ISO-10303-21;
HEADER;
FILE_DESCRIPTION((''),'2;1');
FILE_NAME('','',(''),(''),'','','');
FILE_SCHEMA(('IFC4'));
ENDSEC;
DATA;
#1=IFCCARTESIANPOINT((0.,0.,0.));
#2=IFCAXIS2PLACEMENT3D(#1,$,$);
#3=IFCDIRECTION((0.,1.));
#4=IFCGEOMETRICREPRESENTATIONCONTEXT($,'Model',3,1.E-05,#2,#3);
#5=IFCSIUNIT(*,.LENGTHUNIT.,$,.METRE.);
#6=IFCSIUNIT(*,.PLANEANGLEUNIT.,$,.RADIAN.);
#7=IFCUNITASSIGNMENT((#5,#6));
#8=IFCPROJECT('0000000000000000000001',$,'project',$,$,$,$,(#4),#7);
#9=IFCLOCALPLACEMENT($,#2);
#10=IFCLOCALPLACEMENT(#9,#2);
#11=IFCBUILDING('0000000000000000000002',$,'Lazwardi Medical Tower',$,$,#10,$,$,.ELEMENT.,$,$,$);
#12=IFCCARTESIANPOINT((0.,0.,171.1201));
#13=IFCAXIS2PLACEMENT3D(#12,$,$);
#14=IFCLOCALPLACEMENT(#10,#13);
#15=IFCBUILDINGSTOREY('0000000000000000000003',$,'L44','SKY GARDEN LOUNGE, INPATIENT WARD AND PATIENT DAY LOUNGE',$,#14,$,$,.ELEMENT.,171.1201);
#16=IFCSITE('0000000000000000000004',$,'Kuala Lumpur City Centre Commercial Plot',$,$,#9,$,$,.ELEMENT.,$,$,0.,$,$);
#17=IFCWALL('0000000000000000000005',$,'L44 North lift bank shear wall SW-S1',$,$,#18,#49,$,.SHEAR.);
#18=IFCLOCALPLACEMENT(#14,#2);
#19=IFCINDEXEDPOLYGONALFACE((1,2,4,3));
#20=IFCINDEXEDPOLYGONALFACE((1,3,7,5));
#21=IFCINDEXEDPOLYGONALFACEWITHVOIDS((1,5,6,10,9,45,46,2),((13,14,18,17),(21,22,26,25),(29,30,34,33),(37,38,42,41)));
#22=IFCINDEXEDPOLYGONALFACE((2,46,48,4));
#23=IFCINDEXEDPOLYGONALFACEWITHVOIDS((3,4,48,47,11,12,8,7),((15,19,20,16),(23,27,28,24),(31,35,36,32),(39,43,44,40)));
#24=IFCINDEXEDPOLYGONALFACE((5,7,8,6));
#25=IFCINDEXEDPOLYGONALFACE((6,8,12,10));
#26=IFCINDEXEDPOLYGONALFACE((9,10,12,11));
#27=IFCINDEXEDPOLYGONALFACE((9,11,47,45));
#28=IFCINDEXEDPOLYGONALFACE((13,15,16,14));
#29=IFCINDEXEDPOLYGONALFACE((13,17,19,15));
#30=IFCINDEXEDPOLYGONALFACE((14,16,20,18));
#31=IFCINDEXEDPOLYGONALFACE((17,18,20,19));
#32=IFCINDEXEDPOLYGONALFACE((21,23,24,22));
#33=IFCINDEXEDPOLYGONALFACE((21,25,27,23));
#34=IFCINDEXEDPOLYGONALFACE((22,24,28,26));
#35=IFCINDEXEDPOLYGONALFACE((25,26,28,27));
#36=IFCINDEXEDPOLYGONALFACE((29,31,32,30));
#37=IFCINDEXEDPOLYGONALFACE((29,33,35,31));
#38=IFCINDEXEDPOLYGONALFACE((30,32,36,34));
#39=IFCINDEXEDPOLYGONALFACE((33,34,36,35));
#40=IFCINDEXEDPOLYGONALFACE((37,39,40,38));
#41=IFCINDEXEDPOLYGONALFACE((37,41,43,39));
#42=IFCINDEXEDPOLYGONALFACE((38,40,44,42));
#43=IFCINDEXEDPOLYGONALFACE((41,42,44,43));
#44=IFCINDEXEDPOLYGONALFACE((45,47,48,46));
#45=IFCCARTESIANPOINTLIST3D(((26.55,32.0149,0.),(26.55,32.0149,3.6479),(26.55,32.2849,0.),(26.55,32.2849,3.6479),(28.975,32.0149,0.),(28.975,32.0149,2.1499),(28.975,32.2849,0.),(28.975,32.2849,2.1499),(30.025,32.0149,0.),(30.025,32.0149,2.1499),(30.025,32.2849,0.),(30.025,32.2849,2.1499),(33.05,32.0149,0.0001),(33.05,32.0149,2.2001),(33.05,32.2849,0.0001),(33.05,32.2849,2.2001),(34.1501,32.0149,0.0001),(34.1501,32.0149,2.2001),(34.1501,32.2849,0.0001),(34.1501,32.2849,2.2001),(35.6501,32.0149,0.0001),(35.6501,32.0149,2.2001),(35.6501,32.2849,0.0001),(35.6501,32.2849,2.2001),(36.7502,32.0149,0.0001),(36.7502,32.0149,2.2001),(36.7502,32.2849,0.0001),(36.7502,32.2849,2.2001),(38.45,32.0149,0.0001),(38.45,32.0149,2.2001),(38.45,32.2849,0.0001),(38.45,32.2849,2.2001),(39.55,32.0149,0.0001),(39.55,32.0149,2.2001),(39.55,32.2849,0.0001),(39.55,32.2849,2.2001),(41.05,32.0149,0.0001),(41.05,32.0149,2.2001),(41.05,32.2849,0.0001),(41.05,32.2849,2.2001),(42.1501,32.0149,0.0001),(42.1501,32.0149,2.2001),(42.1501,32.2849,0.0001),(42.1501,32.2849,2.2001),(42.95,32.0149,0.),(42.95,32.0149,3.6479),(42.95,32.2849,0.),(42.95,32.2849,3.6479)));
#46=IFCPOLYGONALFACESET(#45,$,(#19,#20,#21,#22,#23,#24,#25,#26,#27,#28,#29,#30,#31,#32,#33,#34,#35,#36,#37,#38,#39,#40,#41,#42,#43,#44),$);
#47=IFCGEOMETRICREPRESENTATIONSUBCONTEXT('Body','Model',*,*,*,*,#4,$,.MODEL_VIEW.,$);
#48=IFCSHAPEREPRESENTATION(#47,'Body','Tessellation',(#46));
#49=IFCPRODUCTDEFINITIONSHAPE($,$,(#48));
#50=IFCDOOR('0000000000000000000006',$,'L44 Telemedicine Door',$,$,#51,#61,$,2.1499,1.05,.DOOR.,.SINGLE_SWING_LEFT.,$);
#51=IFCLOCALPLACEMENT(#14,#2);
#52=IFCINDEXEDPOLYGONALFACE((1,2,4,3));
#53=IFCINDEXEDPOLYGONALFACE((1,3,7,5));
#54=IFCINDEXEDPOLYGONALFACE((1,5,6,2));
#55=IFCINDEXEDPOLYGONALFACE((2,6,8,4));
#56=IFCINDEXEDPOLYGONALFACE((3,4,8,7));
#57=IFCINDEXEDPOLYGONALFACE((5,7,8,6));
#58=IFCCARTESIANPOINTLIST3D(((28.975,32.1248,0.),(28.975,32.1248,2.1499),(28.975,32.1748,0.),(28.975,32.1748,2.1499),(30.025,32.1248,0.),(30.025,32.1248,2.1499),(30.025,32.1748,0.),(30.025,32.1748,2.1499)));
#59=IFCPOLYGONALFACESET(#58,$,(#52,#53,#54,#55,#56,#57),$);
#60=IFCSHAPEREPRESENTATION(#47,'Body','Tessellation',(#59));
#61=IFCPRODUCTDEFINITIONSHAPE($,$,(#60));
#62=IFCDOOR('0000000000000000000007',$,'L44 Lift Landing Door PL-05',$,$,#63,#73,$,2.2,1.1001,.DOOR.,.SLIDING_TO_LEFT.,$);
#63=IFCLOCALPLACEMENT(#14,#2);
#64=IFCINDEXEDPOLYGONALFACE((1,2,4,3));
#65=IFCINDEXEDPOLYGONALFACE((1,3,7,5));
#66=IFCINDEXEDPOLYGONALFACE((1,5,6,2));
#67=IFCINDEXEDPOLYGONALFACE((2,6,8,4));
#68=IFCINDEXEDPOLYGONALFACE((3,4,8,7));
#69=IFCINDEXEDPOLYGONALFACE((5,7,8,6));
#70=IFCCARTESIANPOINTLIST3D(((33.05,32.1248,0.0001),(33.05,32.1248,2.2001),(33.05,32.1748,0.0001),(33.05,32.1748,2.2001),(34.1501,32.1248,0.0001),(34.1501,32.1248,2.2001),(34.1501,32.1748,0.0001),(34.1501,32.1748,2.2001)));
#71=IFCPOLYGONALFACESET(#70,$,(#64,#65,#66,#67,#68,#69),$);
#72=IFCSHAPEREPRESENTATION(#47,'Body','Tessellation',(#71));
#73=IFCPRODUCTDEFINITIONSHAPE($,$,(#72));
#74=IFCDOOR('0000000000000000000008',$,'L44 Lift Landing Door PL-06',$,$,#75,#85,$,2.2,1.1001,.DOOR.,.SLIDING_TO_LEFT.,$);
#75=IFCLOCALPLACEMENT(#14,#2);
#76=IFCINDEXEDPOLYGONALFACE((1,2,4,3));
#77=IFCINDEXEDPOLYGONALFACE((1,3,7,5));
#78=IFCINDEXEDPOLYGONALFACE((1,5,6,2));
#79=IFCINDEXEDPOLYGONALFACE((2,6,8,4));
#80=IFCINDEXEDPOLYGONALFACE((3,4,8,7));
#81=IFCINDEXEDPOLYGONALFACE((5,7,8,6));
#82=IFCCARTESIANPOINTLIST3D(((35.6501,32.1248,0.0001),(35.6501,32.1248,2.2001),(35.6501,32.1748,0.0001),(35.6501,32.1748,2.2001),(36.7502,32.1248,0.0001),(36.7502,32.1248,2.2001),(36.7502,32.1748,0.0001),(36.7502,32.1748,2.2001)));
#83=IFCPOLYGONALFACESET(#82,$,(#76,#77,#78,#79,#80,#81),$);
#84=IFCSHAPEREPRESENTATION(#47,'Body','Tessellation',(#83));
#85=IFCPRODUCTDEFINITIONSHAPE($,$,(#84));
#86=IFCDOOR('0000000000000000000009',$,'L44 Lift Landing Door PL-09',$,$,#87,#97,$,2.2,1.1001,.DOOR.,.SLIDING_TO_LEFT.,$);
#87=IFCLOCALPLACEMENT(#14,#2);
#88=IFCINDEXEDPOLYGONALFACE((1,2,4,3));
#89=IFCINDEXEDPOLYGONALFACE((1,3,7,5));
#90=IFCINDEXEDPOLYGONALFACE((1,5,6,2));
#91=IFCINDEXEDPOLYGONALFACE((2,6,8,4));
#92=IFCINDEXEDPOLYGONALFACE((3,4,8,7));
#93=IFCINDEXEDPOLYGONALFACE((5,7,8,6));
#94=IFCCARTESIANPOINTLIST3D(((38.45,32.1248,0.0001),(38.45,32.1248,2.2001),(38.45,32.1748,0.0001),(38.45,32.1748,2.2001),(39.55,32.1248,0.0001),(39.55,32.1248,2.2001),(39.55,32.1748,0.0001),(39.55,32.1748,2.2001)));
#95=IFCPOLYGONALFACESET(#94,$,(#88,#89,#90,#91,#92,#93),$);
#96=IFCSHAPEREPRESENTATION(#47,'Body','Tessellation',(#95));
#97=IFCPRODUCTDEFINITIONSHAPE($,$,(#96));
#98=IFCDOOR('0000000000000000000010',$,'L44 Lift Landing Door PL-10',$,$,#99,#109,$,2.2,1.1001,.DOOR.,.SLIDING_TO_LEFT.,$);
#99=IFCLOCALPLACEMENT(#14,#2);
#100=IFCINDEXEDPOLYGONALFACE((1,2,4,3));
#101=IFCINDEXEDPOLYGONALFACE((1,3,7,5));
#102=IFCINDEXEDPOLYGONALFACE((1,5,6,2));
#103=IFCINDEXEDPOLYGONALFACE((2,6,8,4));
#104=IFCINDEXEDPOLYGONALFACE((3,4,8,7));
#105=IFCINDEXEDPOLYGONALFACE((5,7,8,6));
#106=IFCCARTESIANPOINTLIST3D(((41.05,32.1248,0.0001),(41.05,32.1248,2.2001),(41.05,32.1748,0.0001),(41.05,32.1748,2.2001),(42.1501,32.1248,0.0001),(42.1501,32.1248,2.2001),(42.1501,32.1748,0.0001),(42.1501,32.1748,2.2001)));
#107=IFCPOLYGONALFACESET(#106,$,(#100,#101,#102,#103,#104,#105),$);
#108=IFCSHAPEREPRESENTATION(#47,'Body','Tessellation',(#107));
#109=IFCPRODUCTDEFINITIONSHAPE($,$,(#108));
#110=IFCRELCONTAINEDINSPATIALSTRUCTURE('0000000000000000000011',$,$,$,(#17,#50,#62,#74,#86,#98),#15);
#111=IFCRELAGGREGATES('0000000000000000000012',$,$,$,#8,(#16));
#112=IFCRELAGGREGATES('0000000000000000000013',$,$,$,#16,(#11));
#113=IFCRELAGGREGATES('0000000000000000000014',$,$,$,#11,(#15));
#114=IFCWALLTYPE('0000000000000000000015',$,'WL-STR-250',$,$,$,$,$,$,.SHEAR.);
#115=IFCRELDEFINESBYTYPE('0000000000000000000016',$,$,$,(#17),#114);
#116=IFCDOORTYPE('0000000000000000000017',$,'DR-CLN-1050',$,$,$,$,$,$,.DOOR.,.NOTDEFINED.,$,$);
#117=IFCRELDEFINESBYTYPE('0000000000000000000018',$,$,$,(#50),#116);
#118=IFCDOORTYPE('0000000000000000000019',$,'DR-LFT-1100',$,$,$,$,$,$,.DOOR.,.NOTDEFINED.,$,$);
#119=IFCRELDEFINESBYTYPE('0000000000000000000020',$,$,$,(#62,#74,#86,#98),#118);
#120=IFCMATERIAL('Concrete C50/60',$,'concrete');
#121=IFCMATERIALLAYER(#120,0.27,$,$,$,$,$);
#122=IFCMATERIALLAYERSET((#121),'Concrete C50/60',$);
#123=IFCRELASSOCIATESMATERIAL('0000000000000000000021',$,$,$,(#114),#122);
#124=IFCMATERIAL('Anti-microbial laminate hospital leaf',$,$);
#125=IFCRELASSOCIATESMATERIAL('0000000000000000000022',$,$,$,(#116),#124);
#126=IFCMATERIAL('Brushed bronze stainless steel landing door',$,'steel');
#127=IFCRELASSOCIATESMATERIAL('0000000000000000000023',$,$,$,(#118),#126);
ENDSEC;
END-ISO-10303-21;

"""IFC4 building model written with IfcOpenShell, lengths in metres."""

from ifc_helpers import new_model, si_unit, direction, frame, frame_2d, origin, place, context, subcontext, project, spatial, rectangle, extrude, material, layer, layer_set, type_object, element, fill, save


model = new_model("IFC4")

# Units and contexts
model_context = context("Model", 3, precision=1e-05, world=origin(), true_north=direction((0.0, 1.0)))
body_context = subcontext(model_context, "Body", "Model", "MODEL_VIEW")
ifc_project = project(units=[si_unit("LENGTHUNIT", "METRE"), si_unit("PLANEANGLEUNIT", "RADIAN")], contexts=[model_context])

# Site, building, storey
site_placement = place(None, origin())
site = spatial("IfcSite", under=ifc_project, at=site_placement, Name="Kuala Lumpur City Centre Commercial Plot", CompositionType="ELEMENT", RefElevation=0.0)
building_placement = place(site_placement, origin())
building = spatial("IfcBuilding", under=site, at=building_placement, Name="Lazwardi Medical Tower", CompositionType="ELEMENT")
storey_placement = place(building_placement, frame((0.0, 0.0, 171.1201)))
storey = spatial("IfcBuildingStorey", under=building, at=storey_placement, Name="L44", Description="SKY GARDEN LOUNGE, INPATIENT WARD AND PATIENT DAY LOUNGE", CompositionType="ELEMENT", Elevation=171.1201)

# Shared definitions
ifc_material_1 = material(Name="Concrete C50/60", Category="concrete")
ifc_layer_1 = layer(ifc_material_1, 0.27)
ifc_layer_set_1 = layer_set([ifc_layer_1], Name="Concrete C50/60")
wall_type_1 = type_object("IfcWallType", Name="WL-STR-250", PredefinedType="SHEAR", material=ifc_layer_set_1)

# Wall, openings, doors
wall_1_placement = place(storey_placement, frame((26.55, 32.1499, 0.0), z_axis=(0.0, 0.0, 1.0), x_axis=(1.0, 0.0, 0.0)))
wall_1 = element("IfcWall", 1, at=wall_1_placement, inside=storey, type_object=wall_type_1, Name="L44 North lift bank shear wall SW-S1", PredefinedType="SHEAR", context=body_context, shape_type="SweptSolid", body=[
    extrude(rectangle(XDim=16.3999, YDim=0.27, at=frame_2d((8.2, 0.0))), origin(), (0.0, 0.0, 1.0), 3.6479),
])
opening_1_placement = place(wall_1_placement, frame((2.425, 0.0, 0.0)))
opening_1 = element("IfcOpeningElement", 2, at=opening_1_placement, cuts=wall_1, PredefinedType="OPENING", context=body_context, shape_type="SweptSolid", body=[
    extrude(rectangle(XDim=1.05, YDim=2.1499, at=frame_2d((0.5249, 1.075))), frame((0.0, 0.145, 0.0), z_axis=(0.0, -1.0, 0.0), x_axis=(1.0, 0.0, 0.0)), (0.0, 0.0, 1.0), 0.29),
])
opening_2_placement = place(wall_1_placement, frame((6.5, 0.0, 0.0)))
opening_2 = element("IfcOpeningElement", 3, at=opening_2_placement, cuts=wall_1, PredefinedType="OPENING", context=body_context, shape_type="SweptSolid", body=[
    extrude(rectangle(XDim=1.1001, YDim=2.2, at=frame_2d((0.55, 1.1001))), frame((0.0, 0.145, 0.0), z_axis=(0.0, -1.0, 0.0), x_axis=(1.0, 0.0, 0.0)), (0.0, 0.0, 1.0), 0.29),
])
opening_3_placement = place(wall_1_placement, frame((9.1001, 0.0, 0.0)))
opening_3 = element("IfcOpeningElement", 4, at=opening_3_placement, cuts=wall_1, PredefinedType="OPENING", context=body_context, shape_type="SweptSolid", body=[
    extrude(rectangle(XDim=1.1001, YDim=2.2, at=frame_2d((0.55, 1.1001))), frame((0.0, 0.145, 0.0), z_axis=(0.0, -1.0, 0.0), x_axis=(1.0, 0.0, 0.0)), (0.0, 0.0, 1.0), 0.29),
])
opening_4_placement = place(wall_1_placement, frame((11.8999, 0.0, 0.0)))
opening_4 = element("IfcOpeningElement", 5, at=opening_4_placement, cuts=wall_1, PredefinedType="OPENING", context=body_context, shape_type="SweptSolid", body=[
    extrude(rectangle(XDim=1.1001, YDim=2.2, at=frame_2d((0.55, 1.1001))), frame((0.0, 0.145, 0.0), z_axis=(0.0, -1.0, 0.0), x_axis=(1.0, 0.0, 0.0)), (0.0, 0.0, 1.0), 0.29),
])
opening_5_placement = place(wall_1_placement, frame((14.5, 0.0, 0.0)))
opening_5 = element("IfcOpeningElement", 6, at=opening_5_placement, cuts=wall_1, PredefinedType="OPENING", context=body_context, shape_type="SweptSolid", body=[
    extrude(rectangle(XDim=1.1001, YDim=2.2, at=frame_2d((0.55, 1.1001))), frame((0.0, 0.145, 0.0), z_axis=(0.0, -1.0, 0.0), x_axis=(1.0, 0.0, 0.0)), (0.0, 0.0, 1.0), 0.29),
])
ifc_material_2 = material(Name="Anti-microbial laminate hospital leaf")
door_type_1 = type_object("IfcDoorType", Name="DR-CLN-1050", OperationType="NOTDEFINED", PredefinedType="DOOR", material=ifc_material_2)
door_1_placement = place(opening_1_placement, origin())
door_1 = element("IfcDoor", 7, at=door_1_placement, inside=storey, type_object=door_type_1, Name="L44 Telemedicine Door", OperationType="SINGLE_SWING_LEFT", OverallHeight=2.1499, OverallWidth=1.05, PredefinedType="DOOR", context=body_context, shape_type="SweptSolid", body=[
    extrude(rectangle(XDim=1.05, YDim=2.1499, at=frame_2d((0.5249, 1.075))), frame((0.0, 0.0249, 0.0), z_axis=(0.0, -1.0, 0.0), x_axis=(1.0, 0.0, 0.0)), (0.0, 0.0, 1.0), 0.05),
])
fill(opening_1, door_1)
ifc_material_3 = material(Name="Brushed bronze stainless steel landing door", Category="steel")
door_type_2 = type_object("IfcDoorType", Name="DR-LFT-1100", OperationType="NOTDEFINED", PredefinedType="DOOR", material=ifc_material_3)
door_2_placement = place(opening_2_placement, origin())
door_2 = element("IfcDoor", 8, at=door_2_placement, inside=storey, type_object=door_type_2, Name="L44 Lift Landing Door PL-05", OperationType="SLIDING_TO_LEFT", OverallHeight=2.2, OverallWidth=1.1001, PredefinedType="DOOR", context=body_context, shape_type="SweptSolid", body=[
    extrude(rectangle(XDim=1.1001, YDim=2.2, at=frame_2d((0.55, 1.1001))), frame((0.0, 0.0249, 0.0), z_axis=(0.0, -1.0, 0.0), x_axis=(1.0, 0.0, 0.0)), (0.0, 0.0, 1.0), 0.05),
])
fill(opening_2, door_2)
door_3_placement = place(opening_3_placement, origin())
door_3 = element("IfcDoor", 9, at=door_3_placement, inside=storey, type_object=door_type_2, Name="L44 Lift Landing Door PL-06", OperationType="SLIDING_TO_LEFT", OverallHeight=2.2, OverallWidth=1.1001, PredefinedType="DOOR", context=body_context, shape_type="SweptSolid", body=[
    extrude(rectangle(XDim=1.1001, YDim=2.2, at=frame_2d((0.55, 1.1001))), frame((0.0, 0.0249, 0.0), z_axis=(0.0, -1.0, 0.0), x_axis=(1.0, 0.0, 0.0)), (0.0, 0.0, 1.0), 0.05),
])
fill(opening_3, door_3)
door_4_placement = place(opening_4_placement, origin())
door_4 = element("IfcDoor", 10, at=door_4_placement, inside=storey, type_object=door_type_2, Name="L44 Lift Landing Door PL-09", OperationType="SLIDING_TO_LEFT", OverallHeight=2.2, OverallWidth=1.1001, PredefinedType="DOOR", context=body_context, shape_type="SweptSolid", body=[
    extrude(rectangle(XDim=1.1001, YDim=2.2, at=frame_2d((0.55, 1.1001))), frame((0.0, 0.0249, 0.0), z_axis=(0.0, -1.0, 0.0), x_axis=(1.0, 0.0, 0.0)), (0.0, 0.0, 1.0), 0.05),
])
fill(opening_4, door_4)
door_5_placement = place(opening_5_placement, origin())
door_5 = element("IfcDoor", 11, at=door_5_placement, inside=storey, type_object=door_type_2, Name="L44 Lift Landing Door PL-10", OperationType="SLIDING_TO_LEFT", OverallHeight=2.2, OverallWidth=1.1001, PredefinedType="DOOR", context=body_context, shape_type="SweptSolid", body=[
    extrude(rectangle(XDim=1.1001, YDim=2.2, at=frame_2d((0.55, 1.1001))), frame((0.0, 0.0249, 0.0), z_axis=(0.0, -1.0, 0.0), x_axis=(1.0, 0.0, 0.0)), (0.0, 0.0, 1.0), 0.05),
])
fill(opening_5, door_5)

save(model, "model.ifc")
